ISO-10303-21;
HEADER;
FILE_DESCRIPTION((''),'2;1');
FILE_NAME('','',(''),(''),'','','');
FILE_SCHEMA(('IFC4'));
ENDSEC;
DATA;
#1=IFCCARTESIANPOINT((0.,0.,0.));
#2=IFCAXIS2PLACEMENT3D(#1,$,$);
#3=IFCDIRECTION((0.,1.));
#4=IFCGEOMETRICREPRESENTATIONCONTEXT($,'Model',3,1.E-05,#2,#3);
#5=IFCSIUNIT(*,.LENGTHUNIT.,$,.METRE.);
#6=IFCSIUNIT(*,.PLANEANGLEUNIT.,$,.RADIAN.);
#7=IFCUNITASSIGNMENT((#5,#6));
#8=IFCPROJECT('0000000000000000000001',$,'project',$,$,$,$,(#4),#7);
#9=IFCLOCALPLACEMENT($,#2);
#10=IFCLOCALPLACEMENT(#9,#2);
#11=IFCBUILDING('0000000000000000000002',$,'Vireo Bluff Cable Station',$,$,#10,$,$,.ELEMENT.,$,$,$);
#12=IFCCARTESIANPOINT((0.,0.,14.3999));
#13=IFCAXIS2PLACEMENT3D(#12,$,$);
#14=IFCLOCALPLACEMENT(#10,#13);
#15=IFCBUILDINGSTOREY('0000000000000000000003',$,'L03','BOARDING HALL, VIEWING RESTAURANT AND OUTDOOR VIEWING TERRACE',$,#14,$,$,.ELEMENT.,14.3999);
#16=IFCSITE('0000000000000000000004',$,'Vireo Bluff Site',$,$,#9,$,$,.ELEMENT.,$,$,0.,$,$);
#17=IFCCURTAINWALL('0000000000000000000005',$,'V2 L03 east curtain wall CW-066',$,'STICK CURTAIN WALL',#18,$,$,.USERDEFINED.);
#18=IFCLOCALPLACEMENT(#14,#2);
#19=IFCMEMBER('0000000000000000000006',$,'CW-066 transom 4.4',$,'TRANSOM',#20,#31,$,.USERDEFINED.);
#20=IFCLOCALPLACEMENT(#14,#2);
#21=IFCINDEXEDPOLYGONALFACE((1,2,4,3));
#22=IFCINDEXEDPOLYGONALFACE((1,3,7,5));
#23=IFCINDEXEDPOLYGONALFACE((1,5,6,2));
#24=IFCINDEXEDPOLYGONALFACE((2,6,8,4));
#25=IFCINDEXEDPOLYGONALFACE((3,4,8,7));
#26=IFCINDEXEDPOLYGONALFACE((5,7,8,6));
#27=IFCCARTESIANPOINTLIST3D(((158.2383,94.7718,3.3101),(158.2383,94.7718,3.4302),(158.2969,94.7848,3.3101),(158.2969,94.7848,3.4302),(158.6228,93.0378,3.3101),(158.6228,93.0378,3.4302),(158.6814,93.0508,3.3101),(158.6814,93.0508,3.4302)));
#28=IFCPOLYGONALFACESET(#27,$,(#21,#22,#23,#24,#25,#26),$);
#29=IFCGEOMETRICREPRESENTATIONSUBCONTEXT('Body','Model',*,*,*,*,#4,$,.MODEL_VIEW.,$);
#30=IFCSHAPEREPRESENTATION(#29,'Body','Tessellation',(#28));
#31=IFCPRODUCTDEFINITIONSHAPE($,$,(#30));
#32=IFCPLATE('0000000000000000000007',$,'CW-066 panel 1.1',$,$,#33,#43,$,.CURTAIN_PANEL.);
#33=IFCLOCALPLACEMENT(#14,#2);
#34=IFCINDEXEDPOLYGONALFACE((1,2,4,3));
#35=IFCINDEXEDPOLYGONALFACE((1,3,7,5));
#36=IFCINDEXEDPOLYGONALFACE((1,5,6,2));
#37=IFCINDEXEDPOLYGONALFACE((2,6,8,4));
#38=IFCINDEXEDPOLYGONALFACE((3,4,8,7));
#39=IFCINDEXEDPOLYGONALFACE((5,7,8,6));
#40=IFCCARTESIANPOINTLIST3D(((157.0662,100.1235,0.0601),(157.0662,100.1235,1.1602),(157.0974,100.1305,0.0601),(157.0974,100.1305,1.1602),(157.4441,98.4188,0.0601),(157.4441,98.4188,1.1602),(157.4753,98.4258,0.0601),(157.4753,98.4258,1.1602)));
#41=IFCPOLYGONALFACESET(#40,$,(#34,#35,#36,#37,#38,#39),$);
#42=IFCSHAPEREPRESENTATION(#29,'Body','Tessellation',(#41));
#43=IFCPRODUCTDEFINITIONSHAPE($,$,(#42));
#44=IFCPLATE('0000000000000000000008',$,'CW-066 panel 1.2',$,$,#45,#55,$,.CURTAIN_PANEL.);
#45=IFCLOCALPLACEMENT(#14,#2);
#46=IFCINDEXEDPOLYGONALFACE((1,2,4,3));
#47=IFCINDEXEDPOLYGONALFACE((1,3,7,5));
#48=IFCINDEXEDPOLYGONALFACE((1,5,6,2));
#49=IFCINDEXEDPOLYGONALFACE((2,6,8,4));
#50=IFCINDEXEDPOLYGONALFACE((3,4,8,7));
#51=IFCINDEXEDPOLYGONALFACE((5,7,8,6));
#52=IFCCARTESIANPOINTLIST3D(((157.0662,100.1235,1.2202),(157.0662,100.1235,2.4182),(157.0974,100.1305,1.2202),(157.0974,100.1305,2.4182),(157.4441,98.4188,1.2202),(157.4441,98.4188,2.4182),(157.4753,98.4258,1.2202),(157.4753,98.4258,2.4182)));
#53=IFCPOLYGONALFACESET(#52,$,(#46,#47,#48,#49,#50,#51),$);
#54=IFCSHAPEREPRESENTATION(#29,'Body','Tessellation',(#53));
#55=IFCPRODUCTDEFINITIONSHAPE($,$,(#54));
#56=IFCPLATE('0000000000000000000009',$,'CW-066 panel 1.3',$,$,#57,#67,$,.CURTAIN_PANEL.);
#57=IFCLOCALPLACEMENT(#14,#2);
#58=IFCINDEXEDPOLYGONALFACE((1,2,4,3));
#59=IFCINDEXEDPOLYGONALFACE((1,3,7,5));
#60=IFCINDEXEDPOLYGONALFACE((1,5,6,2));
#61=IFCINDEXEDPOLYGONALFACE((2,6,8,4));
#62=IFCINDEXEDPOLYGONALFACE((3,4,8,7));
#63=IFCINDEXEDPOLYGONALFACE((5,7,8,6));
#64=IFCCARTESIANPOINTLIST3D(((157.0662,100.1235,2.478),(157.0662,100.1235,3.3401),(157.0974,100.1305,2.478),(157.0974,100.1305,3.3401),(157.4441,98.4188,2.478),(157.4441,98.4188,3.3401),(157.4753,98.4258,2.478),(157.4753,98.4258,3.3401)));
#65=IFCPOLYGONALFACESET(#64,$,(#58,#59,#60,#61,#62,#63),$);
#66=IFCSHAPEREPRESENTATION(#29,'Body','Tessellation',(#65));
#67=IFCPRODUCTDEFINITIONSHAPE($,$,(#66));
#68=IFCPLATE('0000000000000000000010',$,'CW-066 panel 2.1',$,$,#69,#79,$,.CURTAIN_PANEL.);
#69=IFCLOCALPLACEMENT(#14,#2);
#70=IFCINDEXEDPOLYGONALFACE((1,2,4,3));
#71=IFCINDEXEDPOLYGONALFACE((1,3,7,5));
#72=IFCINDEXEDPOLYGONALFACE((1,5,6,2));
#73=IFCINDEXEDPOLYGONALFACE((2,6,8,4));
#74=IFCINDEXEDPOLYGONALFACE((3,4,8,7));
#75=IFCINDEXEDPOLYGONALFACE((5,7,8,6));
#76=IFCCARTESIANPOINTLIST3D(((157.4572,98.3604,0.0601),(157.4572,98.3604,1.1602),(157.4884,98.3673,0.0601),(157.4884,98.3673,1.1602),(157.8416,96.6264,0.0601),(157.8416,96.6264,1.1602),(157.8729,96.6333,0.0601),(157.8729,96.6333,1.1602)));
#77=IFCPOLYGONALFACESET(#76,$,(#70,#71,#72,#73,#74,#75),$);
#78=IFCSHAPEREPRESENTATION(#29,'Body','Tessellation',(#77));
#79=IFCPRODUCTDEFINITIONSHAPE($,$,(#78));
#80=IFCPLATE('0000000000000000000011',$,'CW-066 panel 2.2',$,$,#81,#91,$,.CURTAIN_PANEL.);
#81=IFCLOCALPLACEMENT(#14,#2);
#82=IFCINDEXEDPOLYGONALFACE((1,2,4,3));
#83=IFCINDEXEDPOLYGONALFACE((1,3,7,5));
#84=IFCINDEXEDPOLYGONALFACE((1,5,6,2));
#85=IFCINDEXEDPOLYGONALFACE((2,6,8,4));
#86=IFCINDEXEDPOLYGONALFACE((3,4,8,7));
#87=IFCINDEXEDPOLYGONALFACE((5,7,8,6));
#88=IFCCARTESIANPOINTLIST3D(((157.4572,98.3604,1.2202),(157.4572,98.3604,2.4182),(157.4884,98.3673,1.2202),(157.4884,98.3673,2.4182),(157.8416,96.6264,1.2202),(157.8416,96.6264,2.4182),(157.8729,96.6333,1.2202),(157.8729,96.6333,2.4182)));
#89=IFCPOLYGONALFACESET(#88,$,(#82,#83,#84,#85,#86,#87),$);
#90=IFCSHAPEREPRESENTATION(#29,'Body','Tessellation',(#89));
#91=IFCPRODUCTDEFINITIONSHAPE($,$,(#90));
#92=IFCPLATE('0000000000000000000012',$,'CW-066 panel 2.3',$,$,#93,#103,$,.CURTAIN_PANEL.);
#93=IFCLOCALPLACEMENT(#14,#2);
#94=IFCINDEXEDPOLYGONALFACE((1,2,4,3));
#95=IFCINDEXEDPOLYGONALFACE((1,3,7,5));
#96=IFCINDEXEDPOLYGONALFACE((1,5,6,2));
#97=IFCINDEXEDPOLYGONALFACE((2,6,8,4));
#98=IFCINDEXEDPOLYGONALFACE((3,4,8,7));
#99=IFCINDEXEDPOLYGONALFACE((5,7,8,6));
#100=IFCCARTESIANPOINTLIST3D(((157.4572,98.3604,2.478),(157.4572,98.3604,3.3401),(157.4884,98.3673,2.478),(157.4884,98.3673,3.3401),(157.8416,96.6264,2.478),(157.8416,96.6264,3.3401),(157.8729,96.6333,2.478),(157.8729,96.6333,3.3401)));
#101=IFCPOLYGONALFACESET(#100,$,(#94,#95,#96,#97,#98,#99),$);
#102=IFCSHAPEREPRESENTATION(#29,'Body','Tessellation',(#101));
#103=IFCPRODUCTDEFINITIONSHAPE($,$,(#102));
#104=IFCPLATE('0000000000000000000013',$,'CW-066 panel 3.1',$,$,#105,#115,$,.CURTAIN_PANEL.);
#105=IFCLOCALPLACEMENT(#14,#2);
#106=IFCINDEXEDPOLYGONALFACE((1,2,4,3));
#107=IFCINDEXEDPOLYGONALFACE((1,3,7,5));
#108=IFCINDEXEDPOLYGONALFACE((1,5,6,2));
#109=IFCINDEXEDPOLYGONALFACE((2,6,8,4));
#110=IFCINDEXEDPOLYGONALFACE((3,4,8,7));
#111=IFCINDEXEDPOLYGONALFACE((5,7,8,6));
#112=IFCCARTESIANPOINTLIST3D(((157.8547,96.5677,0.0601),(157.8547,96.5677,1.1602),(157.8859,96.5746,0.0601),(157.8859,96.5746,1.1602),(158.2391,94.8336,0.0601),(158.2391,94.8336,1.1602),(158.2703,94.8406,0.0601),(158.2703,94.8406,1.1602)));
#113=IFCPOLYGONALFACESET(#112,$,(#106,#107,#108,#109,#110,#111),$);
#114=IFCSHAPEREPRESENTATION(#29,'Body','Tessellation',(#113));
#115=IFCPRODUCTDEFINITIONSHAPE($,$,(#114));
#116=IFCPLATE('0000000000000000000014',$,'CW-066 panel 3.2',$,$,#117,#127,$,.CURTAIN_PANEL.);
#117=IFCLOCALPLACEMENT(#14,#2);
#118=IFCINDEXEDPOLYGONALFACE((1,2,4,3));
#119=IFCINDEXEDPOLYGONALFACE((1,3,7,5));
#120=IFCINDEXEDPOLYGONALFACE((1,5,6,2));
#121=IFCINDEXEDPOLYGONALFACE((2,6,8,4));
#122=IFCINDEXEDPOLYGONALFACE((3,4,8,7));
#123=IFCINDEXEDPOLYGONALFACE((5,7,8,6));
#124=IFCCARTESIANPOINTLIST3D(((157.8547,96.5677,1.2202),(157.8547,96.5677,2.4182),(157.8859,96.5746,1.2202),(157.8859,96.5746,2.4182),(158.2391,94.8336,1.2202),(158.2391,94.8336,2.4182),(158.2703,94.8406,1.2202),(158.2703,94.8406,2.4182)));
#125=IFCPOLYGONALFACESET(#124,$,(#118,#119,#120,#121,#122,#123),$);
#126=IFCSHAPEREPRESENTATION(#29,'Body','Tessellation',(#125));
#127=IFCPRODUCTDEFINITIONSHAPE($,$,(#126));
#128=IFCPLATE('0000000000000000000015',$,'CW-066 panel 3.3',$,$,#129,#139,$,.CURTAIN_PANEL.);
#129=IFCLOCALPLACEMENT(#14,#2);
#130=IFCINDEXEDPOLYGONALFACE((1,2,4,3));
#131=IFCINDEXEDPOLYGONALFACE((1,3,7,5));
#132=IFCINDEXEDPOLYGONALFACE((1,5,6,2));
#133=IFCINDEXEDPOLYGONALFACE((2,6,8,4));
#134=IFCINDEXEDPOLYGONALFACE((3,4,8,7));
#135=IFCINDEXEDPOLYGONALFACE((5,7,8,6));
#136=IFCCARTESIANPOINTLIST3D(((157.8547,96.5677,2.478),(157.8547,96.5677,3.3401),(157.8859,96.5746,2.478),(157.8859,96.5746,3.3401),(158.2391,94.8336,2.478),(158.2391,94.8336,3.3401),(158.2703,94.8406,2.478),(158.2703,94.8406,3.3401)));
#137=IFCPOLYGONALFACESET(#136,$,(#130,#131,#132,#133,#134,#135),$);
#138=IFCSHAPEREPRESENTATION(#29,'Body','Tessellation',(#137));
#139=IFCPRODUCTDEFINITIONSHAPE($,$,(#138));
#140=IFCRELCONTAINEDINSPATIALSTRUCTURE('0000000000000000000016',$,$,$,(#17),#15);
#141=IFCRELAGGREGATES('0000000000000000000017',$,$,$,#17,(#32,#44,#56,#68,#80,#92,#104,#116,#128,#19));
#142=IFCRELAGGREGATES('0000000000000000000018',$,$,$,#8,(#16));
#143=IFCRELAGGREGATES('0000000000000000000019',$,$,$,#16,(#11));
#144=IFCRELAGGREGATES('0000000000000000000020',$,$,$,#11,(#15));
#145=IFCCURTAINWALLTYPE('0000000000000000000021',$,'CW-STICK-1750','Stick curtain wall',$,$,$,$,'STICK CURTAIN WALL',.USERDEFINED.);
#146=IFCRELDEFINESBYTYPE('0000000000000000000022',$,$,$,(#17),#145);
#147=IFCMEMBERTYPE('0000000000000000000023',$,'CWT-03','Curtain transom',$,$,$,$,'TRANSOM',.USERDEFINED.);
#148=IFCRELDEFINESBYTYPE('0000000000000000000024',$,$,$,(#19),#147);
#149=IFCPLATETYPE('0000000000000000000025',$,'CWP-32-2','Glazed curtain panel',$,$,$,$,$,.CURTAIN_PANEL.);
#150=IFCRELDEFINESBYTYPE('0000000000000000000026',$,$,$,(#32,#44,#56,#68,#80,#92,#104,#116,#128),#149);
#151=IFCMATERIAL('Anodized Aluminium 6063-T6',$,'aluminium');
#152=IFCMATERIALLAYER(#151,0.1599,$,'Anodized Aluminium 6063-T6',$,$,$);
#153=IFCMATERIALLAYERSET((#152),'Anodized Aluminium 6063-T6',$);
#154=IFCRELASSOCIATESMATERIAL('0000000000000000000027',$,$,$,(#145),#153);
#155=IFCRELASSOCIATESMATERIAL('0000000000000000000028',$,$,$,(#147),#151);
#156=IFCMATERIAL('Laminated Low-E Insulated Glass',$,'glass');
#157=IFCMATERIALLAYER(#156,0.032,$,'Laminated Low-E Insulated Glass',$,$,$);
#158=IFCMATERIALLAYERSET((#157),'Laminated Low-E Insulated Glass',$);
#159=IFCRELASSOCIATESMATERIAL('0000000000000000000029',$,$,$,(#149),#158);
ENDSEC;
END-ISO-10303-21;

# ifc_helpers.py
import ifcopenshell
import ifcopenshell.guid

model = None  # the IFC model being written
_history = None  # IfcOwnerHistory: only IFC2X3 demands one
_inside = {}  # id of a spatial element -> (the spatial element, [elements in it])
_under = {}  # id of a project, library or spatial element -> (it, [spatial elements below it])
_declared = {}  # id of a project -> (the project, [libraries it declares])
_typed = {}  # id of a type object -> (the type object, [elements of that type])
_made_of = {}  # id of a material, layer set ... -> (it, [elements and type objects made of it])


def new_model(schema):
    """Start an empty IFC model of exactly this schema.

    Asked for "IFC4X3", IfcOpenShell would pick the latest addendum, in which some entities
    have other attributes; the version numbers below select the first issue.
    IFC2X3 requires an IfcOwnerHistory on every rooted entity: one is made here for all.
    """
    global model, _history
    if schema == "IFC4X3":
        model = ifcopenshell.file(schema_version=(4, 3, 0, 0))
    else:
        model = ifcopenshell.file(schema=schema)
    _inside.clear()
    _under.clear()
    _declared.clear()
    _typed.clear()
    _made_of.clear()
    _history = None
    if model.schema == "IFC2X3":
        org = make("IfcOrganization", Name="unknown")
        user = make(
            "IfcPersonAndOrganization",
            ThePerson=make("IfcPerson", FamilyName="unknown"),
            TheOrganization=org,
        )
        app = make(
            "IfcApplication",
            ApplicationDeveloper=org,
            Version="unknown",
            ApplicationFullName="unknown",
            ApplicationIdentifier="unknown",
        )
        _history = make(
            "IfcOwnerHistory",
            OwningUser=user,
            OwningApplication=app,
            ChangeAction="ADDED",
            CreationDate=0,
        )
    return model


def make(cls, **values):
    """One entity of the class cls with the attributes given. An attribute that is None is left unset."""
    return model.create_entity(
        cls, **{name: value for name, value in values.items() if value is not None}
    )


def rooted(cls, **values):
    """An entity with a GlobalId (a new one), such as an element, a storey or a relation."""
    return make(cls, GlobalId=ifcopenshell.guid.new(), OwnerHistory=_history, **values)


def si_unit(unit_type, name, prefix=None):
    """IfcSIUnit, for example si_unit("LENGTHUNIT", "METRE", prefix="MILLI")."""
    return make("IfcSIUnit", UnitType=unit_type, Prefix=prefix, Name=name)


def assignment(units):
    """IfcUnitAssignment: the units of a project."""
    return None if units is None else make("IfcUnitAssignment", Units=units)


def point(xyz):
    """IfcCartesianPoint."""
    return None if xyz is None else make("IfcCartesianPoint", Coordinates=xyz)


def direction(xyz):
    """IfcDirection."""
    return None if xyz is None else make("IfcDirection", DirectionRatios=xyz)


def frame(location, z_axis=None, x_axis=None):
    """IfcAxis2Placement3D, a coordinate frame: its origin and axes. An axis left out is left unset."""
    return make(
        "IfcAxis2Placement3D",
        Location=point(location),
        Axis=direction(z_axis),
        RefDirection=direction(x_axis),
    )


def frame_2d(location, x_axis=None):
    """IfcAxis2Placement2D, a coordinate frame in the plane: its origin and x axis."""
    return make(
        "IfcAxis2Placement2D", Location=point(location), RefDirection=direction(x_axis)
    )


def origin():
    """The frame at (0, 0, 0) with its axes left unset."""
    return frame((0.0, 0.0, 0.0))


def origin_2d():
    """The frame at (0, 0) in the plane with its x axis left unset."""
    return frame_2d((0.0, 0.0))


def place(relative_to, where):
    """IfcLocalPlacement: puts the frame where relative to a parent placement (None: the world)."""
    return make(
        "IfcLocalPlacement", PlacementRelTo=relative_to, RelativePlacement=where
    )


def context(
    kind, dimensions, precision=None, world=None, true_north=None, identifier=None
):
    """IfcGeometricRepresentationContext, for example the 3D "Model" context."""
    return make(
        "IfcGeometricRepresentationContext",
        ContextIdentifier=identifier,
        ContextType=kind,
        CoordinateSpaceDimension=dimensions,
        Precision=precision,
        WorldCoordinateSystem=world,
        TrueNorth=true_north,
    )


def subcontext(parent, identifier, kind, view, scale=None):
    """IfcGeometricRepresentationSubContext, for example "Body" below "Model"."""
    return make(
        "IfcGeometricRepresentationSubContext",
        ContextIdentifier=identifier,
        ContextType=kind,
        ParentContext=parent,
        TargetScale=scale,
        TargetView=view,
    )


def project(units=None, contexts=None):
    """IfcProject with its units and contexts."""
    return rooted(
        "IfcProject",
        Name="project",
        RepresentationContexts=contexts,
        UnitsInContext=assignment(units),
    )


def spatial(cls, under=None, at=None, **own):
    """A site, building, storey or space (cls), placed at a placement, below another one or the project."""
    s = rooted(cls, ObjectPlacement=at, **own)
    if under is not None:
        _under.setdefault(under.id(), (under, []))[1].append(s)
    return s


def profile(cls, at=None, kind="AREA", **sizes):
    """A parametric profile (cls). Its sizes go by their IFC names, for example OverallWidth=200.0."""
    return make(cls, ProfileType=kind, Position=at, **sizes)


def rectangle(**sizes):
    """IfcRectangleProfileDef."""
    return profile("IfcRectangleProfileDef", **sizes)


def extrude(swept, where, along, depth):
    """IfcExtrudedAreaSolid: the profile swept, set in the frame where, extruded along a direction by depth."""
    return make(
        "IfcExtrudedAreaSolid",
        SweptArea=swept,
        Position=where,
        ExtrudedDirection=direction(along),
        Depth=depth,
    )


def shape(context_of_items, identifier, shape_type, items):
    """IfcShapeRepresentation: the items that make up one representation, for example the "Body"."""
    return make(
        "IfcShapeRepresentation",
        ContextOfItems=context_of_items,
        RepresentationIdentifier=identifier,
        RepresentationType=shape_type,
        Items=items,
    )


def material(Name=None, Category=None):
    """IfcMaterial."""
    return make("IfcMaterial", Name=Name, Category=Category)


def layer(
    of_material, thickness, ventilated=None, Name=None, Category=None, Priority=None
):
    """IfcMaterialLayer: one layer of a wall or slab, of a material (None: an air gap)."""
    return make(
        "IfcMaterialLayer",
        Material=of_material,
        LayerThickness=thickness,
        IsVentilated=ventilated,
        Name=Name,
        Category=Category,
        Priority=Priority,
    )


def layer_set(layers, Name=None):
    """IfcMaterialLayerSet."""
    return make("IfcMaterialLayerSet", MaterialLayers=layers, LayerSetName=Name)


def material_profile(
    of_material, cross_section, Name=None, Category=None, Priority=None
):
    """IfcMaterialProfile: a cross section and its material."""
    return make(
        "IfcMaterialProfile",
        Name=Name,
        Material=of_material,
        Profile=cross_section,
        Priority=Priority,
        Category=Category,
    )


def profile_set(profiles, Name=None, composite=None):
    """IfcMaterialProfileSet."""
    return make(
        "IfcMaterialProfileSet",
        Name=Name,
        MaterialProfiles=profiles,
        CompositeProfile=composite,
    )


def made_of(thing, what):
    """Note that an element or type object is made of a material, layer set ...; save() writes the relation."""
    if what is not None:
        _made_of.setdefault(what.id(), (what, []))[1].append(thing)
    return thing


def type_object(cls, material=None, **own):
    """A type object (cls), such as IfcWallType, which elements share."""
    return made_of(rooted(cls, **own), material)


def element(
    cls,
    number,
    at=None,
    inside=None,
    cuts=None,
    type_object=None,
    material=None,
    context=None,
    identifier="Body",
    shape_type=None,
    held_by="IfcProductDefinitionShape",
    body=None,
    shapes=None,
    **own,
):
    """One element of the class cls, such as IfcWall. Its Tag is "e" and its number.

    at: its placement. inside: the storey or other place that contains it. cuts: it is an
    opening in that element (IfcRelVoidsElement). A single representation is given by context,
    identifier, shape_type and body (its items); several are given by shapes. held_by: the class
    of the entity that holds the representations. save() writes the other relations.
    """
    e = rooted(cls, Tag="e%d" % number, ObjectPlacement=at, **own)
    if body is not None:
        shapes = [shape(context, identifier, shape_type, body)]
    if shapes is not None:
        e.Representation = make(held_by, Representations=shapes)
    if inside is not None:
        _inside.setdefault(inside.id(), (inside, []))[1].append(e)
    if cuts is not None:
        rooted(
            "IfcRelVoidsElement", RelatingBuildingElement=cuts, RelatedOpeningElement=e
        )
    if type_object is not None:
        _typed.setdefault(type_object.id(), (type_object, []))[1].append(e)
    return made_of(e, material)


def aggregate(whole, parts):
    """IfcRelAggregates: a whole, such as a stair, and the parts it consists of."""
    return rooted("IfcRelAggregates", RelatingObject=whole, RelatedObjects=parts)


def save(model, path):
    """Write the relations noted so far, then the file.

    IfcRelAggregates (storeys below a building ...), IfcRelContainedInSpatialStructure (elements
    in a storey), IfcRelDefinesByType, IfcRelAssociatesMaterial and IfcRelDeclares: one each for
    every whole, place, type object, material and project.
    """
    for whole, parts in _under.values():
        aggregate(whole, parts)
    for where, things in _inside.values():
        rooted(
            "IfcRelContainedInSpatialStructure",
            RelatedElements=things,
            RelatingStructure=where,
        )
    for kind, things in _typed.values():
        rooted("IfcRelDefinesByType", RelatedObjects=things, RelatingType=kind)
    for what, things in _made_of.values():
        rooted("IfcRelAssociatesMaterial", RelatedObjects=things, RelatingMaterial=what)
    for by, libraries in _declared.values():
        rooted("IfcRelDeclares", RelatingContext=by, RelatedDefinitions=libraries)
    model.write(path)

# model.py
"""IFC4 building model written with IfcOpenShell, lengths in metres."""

from ifc_helpers import new_model, si_unit, direction, frame, origin, origin_2d, place, context, subcontext, project, spatial, rectangle, extrude, material, layer, layer_set, material_profile, profile_set, type_object, element, aggregate, save


model = new_model("IFC4")

# Units and contexts
model_context = context("Model", 3, precision=1e-05, world=origin(), true_north=direction((0.0, 1.0)))
body_context = subcontext(model_context, "Body", "Model", "MODEL_VIEW")
ifc_project = project(units=[si_unit("LENGTHUNIT", "METRE"), si_unit("PLANEANGLEUNIT", "RADIAN")], contexts=[model_context])

# Site, building, storey
site_placement = place(None, origin())
site = spatial("IfcSite", under=ifc_project, at=site_placement, Name="Vireo Bluff Site", CompositionType="ELEMENT", RefElevation=0.0)
building_placement = place(site_placement, origin())
building = spatial("IfcBuilding", under=site, at=building_placement, Name="Vireo Bluff Cable Station", CompositionType="ELEMENT")
storey_placement = place(building_placement, frame((0.0, 0.0, 14.3999)))
storey = spatial("IfcBuildingStorey", under=building, at=storey_placement, Name="L03", Description="BOARDING HALL, VIEWING RESTAURANT AND OUTDOOR VIEWING TERRACE", CompositionType="ELEMENT", Elevation=14.3999)

# Curtain wall, member, plates
ifc_material_1 = material(Name="Anodized Aluminium 6063-T6", Category="aluminium")
ifc_layer_1 = layer(ifc_material_1, 0.1599, Name="Anodized Aluminium 6063-T6")
ifc_layer_set_1 = layer_set([ifc_layer_1], Name="Anodized Aluminium 6063-T6")
curtain_wall_type = type_object("IfcCurtainWallType", Name="CW-STICK-1750", Description="Stick curtain wall", ElementType="STICK CURTAIN WALL", PredefinedType="USERDEFINED", material=ifc_layer_set_1)
curtain_wall_placement = place(storey_placement, origin())
curtain_wall = element("IfcCurtainWall", 1, at=curtain_wall_placement, inside=storey, type_object=curtain_wall_type, Name="V2 L03 east curtain wall CW-066", ObjectType="STICK CURTAIN WALL", PredefinedType="USERDEFINED")
ifc_material_profile_1 = material_profile(ifc_material_1, rectangle(XDim=0.0601, YDim=0.1201, at=origin_2d()), Name="ALU-T-60X120")
ifc_profile_set_1 = profile_set([ifc_material_profile_1], Name="Anodized Aluminium 6063-T6")
member_type_1 = type_object("IfcMemberType", Name="CWT-03", Description="Curtain transom", ElementType="TRANSOM", PredefinedType="USERDEFINED", material=ifc_profile_set_1)
member_1_placement = place(storey_placement, frame((158.2676, 94.7783, 3.3701), z_axis=(0.216508, -0.976281, 0.0), x_axis=(0.976281, 0.216508, 0.0)))
member_1 = element("IfcMember", 2, at=member_1_placement, type_object=member_type_1, Name="CW-066 transom 4.4", ObjectType="TRANSOM", PredefinedType="USERDEFINED", context=body_context, shape_type="SweptSolid", body=[
    extrude(rectangle(XDim=0.0601, YDim=0.1201, at=origin_2d()), origin(), (0.0, 0.0, 1.0), 1.7761),
])
ifc_material_2 = material(Name="Laminated Low-E Insulated Glass", Category="glass")
ifc_layer_2 = layer(ifc_material_2, 0.032, Name="Laminated Low-E Insulated Glass")
ifc_layer_set_2 = layer_set([ifc_layer_2], Name="Laminated Low-E Insulated Glass")
plate_type = type_object("IfcPlateType", Name="CWP-32-2", Description="Glazed curtain panel", PredefinedType="CURTAIN_PANEL", material=ifc_layer_set_2)
plate_1_placement = place(storey_placement, frame((157.2708, 99.2747, 0.0601), z_axis=(0.0, 0.0, 1.0), x_axis=(0.21644, -0.976296, 0.0)))
plate_1 = element("IfcPlate", 3, at=plate_1_placement, type_object=plate_type, Name="CW-066 panel 1.1", PredefinedType="CURTAIN_PANEL", context=body_context, shape_type="SweptSolid", body=[
    extrude(rectangle(XDim=1.7461, YDim=0.032, at=origin_2d()), origin(), (0.0, 0.0, 1.0), 1.1001),
])
plate_2_placement = place(storey_placement, frame((157.2708, 99.2747, 1.2202), z_axis=(0.0, 0.0, 1.0), x_axis=(0.21644, -0.976296, 0.0)))
plate_2 = element("IfcPlate", 4, at=plate_2_placement, type_object=plate_type, Name="CW-066 panel 1.2", PredefinedType="CURTAIN_PANEL", context=body_context, shape_type="SweptSolid", body=[
    extrude(rectangle(XDim=1.7461, YDim=0.032, at=origin_2d()), origin(), (0.0, 0.0, 1.0), 1.198),
])
plate_3_placement = place(storey_placement, frame((157.2708, 99.2747, 2.478), z_axis=(0.0, 0.0, 1.0), x_axis=(0.21644, -0.976296, 0.0)))
plate_3 = element("IfcPlate", 5, at=plate_3_placement, type_object=plate_type, Name="CW-066 panel 1.3", PredefinedType="CURTAIN_PANEL", context=body_context, shape_type="SweptSolid", body=[
    extrude(rectangle(XDim=1.7461, YDim=0.032, at=origin_2d()), origin(), (0.0, 0.0, 1.0), 0.8621),
])
plate_4_placement = place(storey_placement, frame((157.665, 97.4968, 0.0601), z_axis=(0.0, 0.0, 1.0), x_axis=(0.21644, -0.976296, 0.0)))
plate_4 = element("IfcPlate", 6, at=plate_4_placement, type_object=plate_type, Name="CW-066 panel 2.1", PredefinedType="CURTAIN_PANEL", context=body_context, shape_type="SweptSolid", body=[
    extrude(rectangle(XDim=1.7761, YDim=0.032, at=origin_2d()), origin(), (0.0, 0.0, 1.0), 1.1001),
])
plate_5_placement = place(storey_placement, frame((157.665, 97.4968, 1.2202), z_axis=(0.0, 0.0, 1.0), x_axis=(0.21644, -0.976296, 0.0)))
plate_5 = element("IfcPlate", 7, at=plate_5_placement, type_object=plate_type, Name="CW-066 panel 2.2", PredefinedType="CURTAIN_PANEL", context=body_context, shape_type="SweptSolid", body=[
    extrude(rectangle(XDim=1.7761, YDim=0.032, at=origin_2d()), origin(), (0.0, 0.0, 1.0), 1.198),
])
plate_6_placement = place(storey_placement, frame((157.665, 97.4968, 2.478), z_axis=(0.0, 0.0, 1.0), x_axis=(0.21644, -0.976296, 0.0)))
plate_6 = element("IfcPlate", 8, at=plate_6_placement, type_object=plate_type, Name="CW-066 panel 2.3", PredefinedType="CURTAIN_PANEL", context=body_context, shape_type="SweptSolid", body=[
    extrude(rectangle(XDim=1.7761, YDim=0.032, at=origin_2d()), origin(), (0.0, 0.0, 1.0), 0.8621),
])
plate_7_placement = place(storey_placement, frame((158.0625, 95.7041, 0.0601), z_axis=(0.0, 0.0, 1.0), x_axis=(0.21644, -0.976296, 0.0)))
plate_7 = element("IfcPlate", 9, at=plate_7_placement, type_object=plate_type, Name="CW-066 panel 3.1", PredefinedType="CURTAIN_PANEL", context=body_context, shape_type="SweptSolid", body=[
    extrude(rectangle(XDim=1.7761, YDim=0.032, at=origin_2d()), origin(), (0.0, 0.0, 1.0), 1.1001),
])
plate_8_placement = place(storey_placement, frame((158.0625, 95.7041, 1.2202), z_axis=(0.0, 0.0, 1.0), x_axis=(0.21644, -0.976296, 0.0)))
plate_8 = element("IfcPlate", 10, at=plate_8_placement, type_object=plate_type, Name="CW-066 panel 3.2", PredefinedType="CURTAIN_PANEL", context=body_context, shape_type="SweptSolid", body=[
    extrude(rectangle(XDim=1.7761, YDim=0.032, at=origin_2d()), origin(), (0.0, 0.0, 1.0), 1.198),
])
plate_9_placement = place(storey_placement, frame((158.0625, 95.7041, 2.478), z_axis=(0.0, 0.0, 1.0), x_axis=(0.21644, -0.976296, 0.0)))
plate_9 = element("IfcPlate", 11, at=plate_9_placement, type_object=plate_type, Name="CW-066 panel 3.3", PredefinedType="CURTAIN_PANEL", context=body_context, shape_type="SweptSolid", body=[
    extrude(rectangle(XDim=1.7761, YDim=0.032, at=origin_2d()), origin(), (0.0, 0.0, 1.0), 0.8621),
])
aggregate(curtain_wall, [plate_1, plate_2, plate_3, plate_4, plate_5, plate_6, plate_7, plate_8, plate_9, member_1])

save(model, "model.ifc")
